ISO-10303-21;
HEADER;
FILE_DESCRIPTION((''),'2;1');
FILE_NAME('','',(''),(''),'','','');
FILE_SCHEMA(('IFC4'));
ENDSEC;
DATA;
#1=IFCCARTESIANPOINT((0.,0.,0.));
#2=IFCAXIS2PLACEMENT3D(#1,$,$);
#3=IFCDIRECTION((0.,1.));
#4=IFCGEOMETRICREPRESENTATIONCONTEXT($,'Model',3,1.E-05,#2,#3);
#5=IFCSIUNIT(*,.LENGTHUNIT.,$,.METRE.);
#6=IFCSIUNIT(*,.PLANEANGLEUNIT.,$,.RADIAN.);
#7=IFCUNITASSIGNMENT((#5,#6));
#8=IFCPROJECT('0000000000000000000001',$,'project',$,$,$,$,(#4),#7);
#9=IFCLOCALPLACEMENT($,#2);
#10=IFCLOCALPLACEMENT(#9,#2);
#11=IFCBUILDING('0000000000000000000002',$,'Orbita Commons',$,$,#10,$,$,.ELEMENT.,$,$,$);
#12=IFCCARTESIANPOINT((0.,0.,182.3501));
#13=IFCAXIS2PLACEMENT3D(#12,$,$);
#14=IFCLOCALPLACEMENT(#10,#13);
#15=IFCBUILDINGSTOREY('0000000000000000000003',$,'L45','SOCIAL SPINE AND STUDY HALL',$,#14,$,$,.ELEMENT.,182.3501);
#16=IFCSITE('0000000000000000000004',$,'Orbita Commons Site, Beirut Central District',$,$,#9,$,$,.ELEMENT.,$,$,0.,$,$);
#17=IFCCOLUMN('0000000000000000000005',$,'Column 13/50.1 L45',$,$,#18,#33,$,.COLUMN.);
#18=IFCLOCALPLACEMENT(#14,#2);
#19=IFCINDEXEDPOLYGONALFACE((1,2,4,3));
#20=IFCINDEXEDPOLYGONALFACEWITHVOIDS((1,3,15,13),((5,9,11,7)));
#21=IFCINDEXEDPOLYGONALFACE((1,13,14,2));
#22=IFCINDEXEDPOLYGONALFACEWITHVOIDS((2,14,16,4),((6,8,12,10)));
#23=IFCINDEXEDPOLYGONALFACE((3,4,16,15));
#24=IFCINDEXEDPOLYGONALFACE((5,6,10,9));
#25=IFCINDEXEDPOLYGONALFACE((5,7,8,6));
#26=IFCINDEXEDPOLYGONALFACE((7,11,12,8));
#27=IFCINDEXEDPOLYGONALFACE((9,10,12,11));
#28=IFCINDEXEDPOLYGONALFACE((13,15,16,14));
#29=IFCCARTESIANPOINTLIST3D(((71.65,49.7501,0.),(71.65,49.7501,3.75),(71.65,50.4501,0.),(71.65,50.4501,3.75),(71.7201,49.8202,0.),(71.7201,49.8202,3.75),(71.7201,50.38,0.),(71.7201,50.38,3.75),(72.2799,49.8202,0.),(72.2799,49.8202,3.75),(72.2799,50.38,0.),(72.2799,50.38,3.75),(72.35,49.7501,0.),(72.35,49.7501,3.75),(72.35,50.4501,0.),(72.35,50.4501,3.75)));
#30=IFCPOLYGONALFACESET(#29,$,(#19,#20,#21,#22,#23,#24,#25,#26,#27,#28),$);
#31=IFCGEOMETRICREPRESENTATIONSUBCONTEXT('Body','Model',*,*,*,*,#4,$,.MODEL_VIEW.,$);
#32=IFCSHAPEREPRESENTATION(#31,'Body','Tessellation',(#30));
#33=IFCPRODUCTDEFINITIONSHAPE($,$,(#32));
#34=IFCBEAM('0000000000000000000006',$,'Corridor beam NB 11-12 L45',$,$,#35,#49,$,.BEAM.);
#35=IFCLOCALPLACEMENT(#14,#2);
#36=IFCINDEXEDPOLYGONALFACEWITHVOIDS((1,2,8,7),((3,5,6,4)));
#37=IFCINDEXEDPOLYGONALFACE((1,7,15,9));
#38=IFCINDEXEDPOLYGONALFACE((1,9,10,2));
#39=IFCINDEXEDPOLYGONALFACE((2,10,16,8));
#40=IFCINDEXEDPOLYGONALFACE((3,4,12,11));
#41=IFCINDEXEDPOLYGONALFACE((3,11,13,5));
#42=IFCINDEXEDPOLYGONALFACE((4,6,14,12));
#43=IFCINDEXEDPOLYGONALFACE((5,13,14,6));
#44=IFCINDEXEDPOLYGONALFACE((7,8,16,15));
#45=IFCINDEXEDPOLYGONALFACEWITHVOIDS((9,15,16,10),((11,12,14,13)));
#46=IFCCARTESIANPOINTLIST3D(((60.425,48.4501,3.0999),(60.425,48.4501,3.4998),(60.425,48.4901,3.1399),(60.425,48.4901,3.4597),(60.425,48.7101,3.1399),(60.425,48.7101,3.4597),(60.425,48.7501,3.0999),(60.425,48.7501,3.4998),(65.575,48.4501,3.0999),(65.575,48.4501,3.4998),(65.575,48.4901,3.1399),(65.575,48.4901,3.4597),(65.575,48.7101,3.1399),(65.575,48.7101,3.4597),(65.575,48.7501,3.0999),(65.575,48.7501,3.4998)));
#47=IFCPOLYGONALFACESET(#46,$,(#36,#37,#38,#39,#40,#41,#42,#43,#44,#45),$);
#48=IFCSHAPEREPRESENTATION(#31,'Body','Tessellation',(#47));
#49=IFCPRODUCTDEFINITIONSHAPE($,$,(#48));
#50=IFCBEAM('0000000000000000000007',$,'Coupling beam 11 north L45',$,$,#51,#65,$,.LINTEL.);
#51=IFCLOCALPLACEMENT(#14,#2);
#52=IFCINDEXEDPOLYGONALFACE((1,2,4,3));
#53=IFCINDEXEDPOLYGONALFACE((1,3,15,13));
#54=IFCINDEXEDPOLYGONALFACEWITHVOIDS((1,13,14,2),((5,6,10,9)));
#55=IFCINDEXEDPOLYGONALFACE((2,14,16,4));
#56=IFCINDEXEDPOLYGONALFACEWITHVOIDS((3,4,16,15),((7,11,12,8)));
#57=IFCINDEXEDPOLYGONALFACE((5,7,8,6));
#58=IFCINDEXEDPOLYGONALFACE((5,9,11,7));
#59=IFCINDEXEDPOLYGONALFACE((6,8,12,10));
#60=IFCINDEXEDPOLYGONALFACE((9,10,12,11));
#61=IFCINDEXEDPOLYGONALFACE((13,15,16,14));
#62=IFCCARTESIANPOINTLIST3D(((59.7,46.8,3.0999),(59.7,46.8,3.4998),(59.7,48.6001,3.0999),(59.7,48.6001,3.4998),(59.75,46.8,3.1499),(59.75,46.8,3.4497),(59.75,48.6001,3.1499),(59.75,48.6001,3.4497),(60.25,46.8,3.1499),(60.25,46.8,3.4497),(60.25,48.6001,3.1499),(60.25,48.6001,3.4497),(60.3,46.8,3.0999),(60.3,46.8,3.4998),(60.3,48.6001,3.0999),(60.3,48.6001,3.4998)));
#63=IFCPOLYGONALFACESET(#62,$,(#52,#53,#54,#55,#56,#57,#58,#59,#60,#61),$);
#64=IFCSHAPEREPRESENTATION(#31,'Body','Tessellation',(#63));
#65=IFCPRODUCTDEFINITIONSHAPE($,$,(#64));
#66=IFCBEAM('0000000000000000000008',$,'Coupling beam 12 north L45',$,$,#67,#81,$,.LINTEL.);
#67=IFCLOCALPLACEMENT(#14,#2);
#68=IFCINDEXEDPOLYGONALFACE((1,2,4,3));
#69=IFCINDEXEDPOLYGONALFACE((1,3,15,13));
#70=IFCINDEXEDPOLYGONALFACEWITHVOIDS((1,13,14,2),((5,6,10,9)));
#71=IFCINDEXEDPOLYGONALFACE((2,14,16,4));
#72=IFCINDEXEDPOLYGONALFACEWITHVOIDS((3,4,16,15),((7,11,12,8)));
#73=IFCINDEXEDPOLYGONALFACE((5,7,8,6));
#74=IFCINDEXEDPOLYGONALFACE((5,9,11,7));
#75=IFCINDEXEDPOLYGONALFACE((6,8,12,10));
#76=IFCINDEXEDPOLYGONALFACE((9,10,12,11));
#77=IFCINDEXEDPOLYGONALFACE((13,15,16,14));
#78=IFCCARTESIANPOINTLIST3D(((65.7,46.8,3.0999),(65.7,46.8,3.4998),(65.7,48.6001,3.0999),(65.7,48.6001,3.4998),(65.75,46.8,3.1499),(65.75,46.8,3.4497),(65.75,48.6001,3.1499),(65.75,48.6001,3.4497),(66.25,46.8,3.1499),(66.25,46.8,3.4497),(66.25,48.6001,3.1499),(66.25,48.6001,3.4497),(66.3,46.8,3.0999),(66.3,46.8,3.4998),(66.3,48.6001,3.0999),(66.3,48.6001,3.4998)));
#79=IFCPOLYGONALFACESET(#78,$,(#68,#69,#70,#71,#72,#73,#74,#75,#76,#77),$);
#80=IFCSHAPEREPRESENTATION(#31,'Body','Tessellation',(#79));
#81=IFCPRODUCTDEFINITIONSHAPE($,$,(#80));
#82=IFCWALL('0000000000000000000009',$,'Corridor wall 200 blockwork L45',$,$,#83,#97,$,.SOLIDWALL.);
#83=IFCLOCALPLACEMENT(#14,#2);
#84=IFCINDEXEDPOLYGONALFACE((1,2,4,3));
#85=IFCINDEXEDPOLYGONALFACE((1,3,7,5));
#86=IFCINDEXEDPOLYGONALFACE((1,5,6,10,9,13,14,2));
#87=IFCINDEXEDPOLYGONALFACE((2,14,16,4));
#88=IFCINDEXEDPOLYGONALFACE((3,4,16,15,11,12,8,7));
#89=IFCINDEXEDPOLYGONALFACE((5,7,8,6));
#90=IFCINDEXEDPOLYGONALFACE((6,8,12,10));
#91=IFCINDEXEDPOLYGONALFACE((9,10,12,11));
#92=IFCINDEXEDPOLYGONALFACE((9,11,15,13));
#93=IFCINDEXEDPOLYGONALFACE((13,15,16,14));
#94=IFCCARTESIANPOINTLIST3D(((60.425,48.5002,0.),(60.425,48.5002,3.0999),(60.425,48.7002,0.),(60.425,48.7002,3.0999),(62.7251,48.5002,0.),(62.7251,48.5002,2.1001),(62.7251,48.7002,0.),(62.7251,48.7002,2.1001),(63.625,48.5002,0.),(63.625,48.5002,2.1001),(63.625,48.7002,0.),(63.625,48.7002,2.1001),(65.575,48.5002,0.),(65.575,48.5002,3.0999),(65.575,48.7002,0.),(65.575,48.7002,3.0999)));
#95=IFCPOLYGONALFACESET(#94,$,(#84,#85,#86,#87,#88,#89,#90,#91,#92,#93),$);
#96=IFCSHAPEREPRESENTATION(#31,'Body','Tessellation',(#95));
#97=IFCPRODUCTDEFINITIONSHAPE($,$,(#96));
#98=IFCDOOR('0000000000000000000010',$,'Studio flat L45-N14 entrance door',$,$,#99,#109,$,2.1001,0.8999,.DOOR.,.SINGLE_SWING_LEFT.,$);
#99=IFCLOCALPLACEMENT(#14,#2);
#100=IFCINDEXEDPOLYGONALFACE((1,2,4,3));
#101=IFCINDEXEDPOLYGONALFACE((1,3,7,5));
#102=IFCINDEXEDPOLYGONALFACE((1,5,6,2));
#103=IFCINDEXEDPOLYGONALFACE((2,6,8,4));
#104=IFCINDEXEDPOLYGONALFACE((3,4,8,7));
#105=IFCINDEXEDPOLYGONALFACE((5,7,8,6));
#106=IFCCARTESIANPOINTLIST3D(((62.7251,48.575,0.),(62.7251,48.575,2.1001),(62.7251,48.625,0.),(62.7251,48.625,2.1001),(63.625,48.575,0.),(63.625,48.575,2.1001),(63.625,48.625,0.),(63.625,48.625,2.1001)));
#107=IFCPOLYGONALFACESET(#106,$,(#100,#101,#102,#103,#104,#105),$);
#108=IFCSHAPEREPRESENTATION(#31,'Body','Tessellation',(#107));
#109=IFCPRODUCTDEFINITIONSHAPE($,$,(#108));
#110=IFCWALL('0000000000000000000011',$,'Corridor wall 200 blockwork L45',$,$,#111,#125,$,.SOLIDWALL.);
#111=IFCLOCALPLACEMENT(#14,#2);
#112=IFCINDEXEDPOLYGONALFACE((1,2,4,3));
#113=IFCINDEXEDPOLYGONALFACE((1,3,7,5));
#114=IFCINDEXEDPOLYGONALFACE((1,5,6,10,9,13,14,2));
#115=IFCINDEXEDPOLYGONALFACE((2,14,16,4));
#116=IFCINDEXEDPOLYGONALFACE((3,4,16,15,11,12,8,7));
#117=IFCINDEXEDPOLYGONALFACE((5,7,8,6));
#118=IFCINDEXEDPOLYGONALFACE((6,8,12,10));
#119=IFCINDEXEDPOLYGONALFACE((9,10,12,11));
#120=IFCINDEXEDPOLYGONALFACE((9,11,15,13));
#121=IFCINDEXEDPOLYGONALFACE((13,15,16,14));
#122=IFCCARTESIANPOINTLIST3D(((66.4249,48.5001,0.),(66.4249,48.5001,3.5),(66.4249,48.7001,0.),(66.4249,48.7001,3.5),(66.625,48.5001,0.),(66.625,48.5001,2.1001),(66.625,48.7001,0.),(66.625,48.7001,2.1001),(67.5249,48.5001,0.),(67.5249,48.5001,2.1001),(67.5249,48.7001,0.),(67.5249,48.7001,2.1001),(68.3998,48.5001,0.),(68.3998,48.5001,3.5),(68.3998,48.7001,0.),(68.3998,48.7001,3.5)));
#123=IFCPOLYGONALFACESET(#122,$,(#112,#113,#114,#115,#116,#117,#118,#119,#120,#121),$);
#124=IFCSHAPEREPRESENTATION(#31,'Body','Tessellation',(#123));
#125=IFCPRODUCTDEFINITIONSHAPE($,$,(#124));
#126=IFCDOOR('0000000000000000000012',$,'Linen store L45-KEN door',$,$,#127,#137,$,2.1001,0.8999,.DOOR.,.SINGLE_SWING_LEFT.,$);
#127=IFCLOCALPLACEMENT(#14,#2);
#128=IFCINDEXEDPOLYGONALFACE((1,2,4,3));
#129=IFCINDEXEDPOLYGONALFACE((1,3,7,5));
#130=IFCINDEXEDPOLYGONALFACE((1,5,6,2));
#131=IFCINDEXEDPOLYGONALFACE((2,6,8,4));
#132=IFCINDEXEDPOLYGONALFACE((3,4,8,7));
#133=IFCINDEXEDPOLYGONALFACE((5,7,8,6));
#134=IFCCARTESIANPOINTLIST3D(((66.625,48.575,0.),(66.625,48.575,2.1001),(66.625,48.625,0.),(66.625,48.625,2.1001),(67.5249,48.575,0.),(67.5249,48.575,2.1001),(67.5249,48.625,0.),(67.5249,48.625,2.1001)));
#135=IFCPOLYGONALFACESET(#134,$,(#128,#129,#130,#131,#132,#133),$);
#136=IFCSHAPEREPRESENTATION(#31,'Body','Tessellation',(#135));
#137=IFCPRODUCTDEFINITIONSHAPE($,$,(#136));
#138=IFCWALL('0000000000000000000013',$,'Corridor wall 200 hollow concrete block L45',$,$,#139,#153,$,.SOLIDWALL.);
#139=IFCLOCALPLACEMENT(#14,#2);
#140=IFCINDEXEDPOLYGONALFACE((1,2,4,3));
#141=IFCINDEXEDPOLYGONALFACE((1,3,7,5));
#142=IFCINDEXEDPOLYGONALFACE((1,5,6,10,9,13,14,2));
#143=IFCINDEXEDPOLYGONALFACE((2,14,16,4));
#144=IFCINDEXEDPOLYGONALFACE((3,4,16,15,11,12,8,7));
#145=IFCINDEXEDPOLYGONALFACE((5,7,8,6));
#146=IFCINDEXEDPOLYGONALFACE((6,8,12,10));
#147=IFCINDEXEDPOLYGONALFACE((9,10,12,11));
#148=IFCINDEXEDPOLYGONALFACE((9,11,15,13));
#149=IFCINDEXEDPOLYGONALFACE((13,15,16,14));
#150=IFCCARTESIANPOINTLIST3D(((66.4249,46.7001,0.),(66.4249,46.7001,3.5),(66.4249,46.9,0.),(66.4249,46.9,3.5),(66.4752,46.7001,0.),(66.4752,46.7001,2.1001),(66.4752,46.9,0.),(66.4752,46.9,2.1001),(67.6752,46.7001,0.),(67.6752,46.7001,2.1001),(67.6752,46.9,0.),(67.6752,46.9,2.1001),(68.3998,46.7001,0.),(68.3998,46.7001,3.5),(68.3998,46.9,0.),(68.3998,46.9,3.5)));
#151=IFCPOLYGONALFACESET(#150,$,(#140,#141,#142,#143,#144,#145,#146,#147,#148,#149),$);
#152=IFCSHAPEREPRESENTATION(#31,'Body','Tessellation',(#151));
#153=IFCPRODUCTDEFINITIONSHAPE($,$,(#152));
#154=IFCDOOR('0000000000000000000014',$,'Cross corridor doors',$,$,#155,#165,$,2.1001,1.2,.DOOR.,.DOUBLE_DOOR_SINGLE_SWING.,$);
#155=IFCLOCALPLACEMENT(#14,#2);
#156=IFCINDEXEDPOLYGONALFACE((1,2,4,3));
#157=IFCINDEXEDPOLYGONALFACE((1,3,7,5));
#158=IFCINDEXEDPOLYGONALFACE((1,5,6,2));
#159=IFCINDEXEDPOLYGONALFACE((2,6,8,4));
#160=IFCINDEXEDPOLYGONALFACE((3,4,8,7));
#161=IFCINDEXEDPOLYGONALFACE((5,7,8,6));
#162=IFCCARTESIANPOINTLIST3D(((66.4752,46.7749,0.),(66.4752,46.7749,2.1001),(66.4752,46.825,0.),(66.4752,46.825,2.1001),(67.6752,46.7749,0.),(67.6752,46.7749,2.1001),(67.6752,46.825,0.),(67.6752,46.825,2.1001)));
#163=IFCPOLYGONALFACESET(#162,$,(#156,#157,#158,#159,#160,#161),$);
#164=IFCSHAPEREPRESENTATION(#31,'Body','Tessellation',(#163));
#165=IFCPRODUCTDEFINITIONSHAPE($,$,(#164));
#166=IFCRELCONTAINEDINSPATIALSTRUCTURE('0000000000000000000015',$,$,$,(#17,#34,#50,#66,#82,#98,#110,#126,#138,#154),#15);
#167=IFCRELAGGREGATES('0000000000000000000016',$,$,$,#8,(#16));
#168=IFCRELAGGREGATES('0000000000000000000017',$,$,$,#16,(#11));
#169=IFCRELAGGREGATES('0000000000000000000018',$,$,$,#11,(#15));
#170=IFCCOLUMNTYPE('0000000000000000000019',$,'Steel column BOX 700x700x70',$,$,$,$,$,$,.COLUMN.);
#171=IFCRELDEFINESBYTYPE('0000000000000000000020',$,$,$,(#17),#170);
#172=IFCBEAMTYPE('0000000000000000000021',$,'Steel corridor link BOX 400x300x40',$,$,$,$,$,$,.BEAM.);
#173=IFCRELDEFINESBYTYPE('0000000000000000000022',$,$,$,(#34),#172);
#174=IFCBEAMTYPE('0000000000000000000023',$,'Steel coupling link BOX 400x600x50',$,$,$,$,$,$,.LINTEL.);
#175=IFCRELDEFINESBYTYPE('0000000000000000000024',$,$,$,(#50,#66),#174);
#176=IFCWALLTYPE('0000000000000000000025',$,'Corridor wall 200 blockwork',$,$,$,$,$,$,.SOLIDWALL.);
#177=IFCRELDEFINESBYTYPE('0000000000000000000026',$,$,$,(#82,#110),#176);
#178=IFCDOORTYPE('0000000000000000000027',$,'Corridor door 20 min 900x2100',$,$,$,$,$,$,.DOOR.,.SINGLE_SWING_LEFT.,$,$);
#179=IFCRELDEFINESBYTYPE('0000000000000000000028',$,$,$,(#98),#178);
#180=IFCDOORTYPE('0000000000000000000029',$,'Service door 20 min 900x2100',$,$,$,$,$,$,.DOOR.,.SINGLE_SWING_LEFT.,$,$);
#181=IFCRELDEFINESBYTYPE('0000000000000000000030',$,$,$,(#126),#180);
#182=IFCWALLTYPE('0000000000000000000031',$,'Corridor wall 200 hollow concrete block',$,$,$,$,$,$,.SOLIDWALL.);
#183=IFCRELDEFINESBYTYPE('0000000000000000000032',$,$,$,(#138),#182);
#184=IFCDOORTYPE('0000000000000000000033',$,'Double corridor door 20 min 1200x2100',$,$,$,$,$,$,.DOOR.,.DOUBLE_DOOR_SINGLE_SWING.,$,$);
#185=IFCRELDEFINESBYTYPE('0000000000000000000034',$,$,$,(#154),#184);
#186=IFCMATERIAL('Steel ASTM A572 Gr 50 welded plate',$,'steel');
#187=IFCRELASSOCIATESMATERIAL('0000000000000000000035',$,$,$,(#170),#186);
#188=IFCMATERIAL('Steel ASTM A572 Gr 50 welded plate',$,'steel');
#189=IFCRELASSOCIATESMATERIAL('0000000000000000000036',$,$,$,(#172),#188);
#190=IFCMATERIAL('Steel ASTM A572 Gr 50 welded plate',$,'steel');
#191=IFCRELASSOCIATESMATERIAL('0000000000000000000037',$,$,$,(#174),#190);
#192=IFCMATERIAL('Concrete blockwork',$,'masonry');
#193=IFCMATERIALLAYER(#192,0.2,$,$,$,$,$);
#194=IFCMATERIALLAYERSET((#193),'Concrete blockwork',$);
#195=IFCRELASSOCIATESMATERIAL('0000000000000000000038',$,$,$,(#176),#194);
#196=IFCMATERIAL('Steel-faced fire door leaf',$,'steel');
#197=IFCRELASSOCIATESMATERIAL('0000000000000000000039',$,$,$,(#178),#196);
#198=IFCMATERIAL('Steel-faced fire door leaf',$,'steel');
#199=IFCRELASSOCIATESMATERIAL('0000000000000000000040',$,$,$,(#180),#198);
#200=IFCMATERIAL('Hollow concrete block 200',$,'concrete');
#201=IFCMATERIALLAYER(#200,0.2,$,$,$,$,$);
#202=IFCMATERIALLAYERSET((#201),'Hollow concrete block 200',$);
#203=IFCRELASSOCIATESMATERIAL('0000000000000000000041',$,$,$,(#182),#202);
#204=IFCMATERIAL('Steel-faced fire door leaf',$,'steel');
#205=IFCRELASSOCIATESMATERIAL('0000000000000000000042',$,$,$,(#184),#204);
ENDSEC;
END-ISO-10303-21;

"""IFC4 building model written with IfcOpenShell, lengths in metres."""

from ifc_helpers import new_model, si_unit, direction, frame, frame_2d, origin, origin_2d, place, context, subcontext, project, spatial, polyline, rectangle, hollow_rectangle, outline, extrude, material, layer, layer_set, material_profile, profile_set, type_object, element, fill, save


model = new_model("IFC4")

# Units and contexts
model_context = context("Model", 3, precision=1e-05, world=origin(), true_north=direction((0.0, 1.0)))
body_context = subcontext(model_context, "Body", "Model", "MODEL_VIEW")
ifc_project = project(units=[si_unit("LENGTHUNIT", "METRE"), si_unit("PLANEANGLEUNIT", "RADIAN")], contexts=[model_context])

# Site, building, storey
site_placement = place(None, origin())
site = spatial("IfcSite", under=ifc_project, at=site_placement, Name="Orbita Commons Site, Beirut Central District", CompositionType="ELEMENT", RefElevation=0.0)
building_placement = place(site_placement, origin())
building = spatial("IfcBuilding", under=site, at=building_placement, Name="Orbita Commons", CompositionType="ELEMENT")
storey_placement = place(building_placement, frame((0.0, 0.0, 182.3501)))
storey = spatial("IfcBuildingStorey", under=building, at=storey_placement, Name="L45", Description="SOCIAL SPINE AND STUDY HALL", CompositionType="ELEMENT", Elevation=182.3501)

# Column
ifc_material_1 = material(Name="Steel ASTM A572 Gr 50 welded plate", Category="steel")
ifc_material_profile_1 = material_profile(ifc_material_1, hollow_rectangle(XDim=0.7, YDim=0.7, WallThickness=0.0701, at=origin_2d()), Name="BOX 700x700x70")
ifc_profile_set_1 = profile_set([ifc_material_profile_1], Name="Steel ASTM A572 Gr 50 welded plate")
column_type = type_object("IfcColumnType", Name="Steel column BOX 700x700x70", PredefinedType="COLUMN", material=ifc_profile_set_1)
column_placement = place(storey_placement, frame((72.0, 50.1001, 0.0), z_axis=(0.0, 0.0, 1.0), x_axis=(1.0, 0.0, 0.0)))
element("IfcColumn", 1, at=column_placement, inside=storey, type_object=column_type, Name="Column 13/50.1 L45", PredefinedType="COLUMN", context=body_context, shape_type="SweptSolid", body=[
    extrude(hollow_rectangle(XDim=0.7, YDim=0.7, WallThickness=0.0701, at=origin_2d()), origin(), (0.0, 0.0, 1.0), 3.75),
])

# Beams
ifc_material_2 = material(Name="Steel ASTM A572 Gr 50 welded plate", Category="steel")
ifc_material_profile_2 = material_profile(ifc_material_2, hollow_rectangle(XDim=0.3, YDim=0.3999, WallThickness=0.04, at=origin_2d()), Name="BOX 400x300x40")
ifc_profile_set_2 = profile_set([ifc_material_profile_2], Name="Steel ASTM A572 Gr 50 welded plate")
beam_type_1 = type_object("IfcBeamType", Name="Steel corridor link BOX 400x300x40", PredefinedType="BEAM", material=ifc_profile_set_2)
beam_placement = place(storey_placement, frame((60.425, 48.6001, 3.2998), z_axis=(1.0, 0.0, 0.0), x_axis=(0.0, 1.0, 0.0)))
element("IfcBeam", 2, at=beam_placement, inside=storey, type_object=beam_type_1, Name="Corridor beam NB 11-12 L45", PredefinedType="BEAM", context=body_context, shape_type="SweptSolid", body=[
    extrude(hollow_rectangle(XDim=0.3, YDim=0.3999, WallThickness=0.04, at=origin_2d()), origin(), (0.0, 0.0, 1.0), 5.1499),
])
ifc_material_3 = material(Name="Steel ASTM A572 Gr 50 welded plate", Category="steel")
ifc_material_profile_3 = material_profile(ifc_material_3, hollow_rectangle(XDim=0.6001, YDim=0.3999, WallThickness=0.05, at=origin_2d()), Name="BOX 400x600x50")
ifc_profile_set_3 = profile_set([ifc_material_profile_3], Name="Steel ASTM A572 Gr 50 welded plate")
beam_type_2 = type_object("IfcBeamType", Name="Steel coupling link BOX 400x600x50", PredefinedType="LINTEL", material=ifc_profile_set_3)
for number, where, z_axis, x_axis, name in (
    (3, (60.0, 46.8, 3.2998), (0.0, 1.0, 0.0), (-1.0, 0.0, 0.0), "Coupling beam 11 north L45"),
    (4, (66.0, 46.8, 3.2998), (0.0, 1.0, 0.0), (-1.0, 0.0, 0.0), "Coupling beam 12 north L45"),
):
    element("IfcBeam", number, at=place(storey_placement, frame(where, z_axis=z_axis, x_axis=x_axis)), inside=storey, type_object=beam_type_2, Name=name, PredefinedType="LINTEL", context=body_context, shape_type="SweptSolid", body=[
        extrude(hollow_rectangle(XDim=0.6001, YDim=0.3999, WallThickness=0.05, at=origin_2d()), origin(), (0.0, 0.0, 1.0), 1.8),
    ])

# Walls, openings, doors
ifc_material_4 = material(Name="Concrete blockwork", Category="masonry")
ifc_layer_1 = layer(ifc_material_4, 0.2)
ifc_layer_set_1 = layer_set([ifc_layer_1], Name="Concrete blockwork")
wall_type_1 = type_object("IfcWallType", Name="Corridor wall 200 blockwork", PredefinedType="SOLIDWALL", material=ifc_layer_set_1)
wall_1_placement = place(storey_placement, frame((60.425, 48.6001, 0.0), z_axis=(0.0, 0.0, 1.0), x_axis=(1.0, 0.0, 0.0)))
wall_1 = element("IfcWall", 5, at=wall_1_placement, inside=storey, type_object=wall_type_1, Name="Corridor wall 200 blockwork L45", PredefinedType="SOLIDWALL", context=body_context, shape_type="SweptSolid", body=[
    extrude(outline(polyline([(0.0, 0.0), (5.1499, 0.0), (5.1499, 3.0999), (0.0, 3.0999), (0.0, 0.0)])), frame((0.0, 0.1001, 0.0), z_axis=(0.0, -1.0, 0.0), x_axis=(1.0, 0.0, 0.0)), (0.0, 0.0, 1.0), 0.2),
])
opening_1_placement = place(wall_1_placement, frame((2.3, 0.0, 0.0)))
opening_1 = element("IfcOpeningElement", 6, at=opening_1_placement, cuts=wall_1, PredefinedType="OPENING", context=body_context, shape_type="SweptSolid", body=[
    extrude(rectangle(XDim=0.8999, YDim=2.1001, at=frame_2d((0.45, 1.05))), frame((0.0, 0.1099, 0.0), z_axis=(0.0, -1.0, 0.0), x_axis=(1.0, 0.0, 0.0)), (0.0, 0.0, 1.0), 0.22),
])
ifc_material_5 = material(Name="Steel-faced fire door leaf", Category="steel")
door_type_1 = type_object("IfcDoorType", Name="Corridor door 20 min 900x2100", OperationType="SINGLE_SWING_LEFT", PredefinedType="DOOR", material=ifc_material_5)
door_1_placement = place(opening_1_placement, origin())
door_1 = element("IfcDoor", 7, at=door_1_placement, inside=storey, type_object=door_type_1, Name="Studio flat L45-N14 entrance door", OperationType="SINGLE_SWING_LEFT", OverallHeight=2.1001, OverallWidth=0.8999, PredefinedType="DOOR", context=body_context, shape_type="SweptSolid", body=[
    extrude(rectangle(XDim=0.8999, YDim=2.1001, at=frame_2d((0.45, 1.05))), frame((0.0, 0.0249, 0.0), z_axis=(0.0, -1.0, 0.0), x_axis=(1.0, 0.0, 0.0)), (0.0, 0.0, 1.0), 0.05),
])
fill(opening_1, door_1)
wall_2_placement = place(storey_placement, frame((66.425, 48.6001, 0.0), z_axis=(0.0, 0.0, 1.0), x_axis=(1.0, 0.0, 0.0)))
wall_2 = element("IfcWall", 8, at=wall_2_placement, inside=storey, type_object=wall_type_1, Name="Corridor wall 200 blockwork L45", PredefinedType="SOLIDWALL", context=body_context, shape_type="SweptSolid", body=[
    extrude(rectangle(XDim=1.9749, YDim=0.2, at=frame_2d((0.9873, 0.0))), origin(), (0.0, 0.0, 1.0), 3.5),
])
opening_2_placement = place(wall_2_placement, frame((0.2, 0.0, 0.0)))
opening_2 = element("IfcOpeningElement", 9, at=opening_2_placement, cuts=wall_2, PredefinedType="OPENING", context=body_context, shape_type="SweptSolid", body=[
    extrude(rectangle(XDim=0.8999, YDim=2.1001, at=frame_2d((0.45, 1.05))), frame((0.0, 0.1099, 0.0), z_axis=(0.0, -1.0, 0.0), x_axis=(1.0, 0.0, 0.0)), (0.0, 0.0, 1.0), 0.22),
])
ifc_material_6 = material(Name="Steel-faced fire door leaf", Category="steel")
door_type_2 = type_object("IfcDoorType", Name="Service door 20 min 900x2100", OperationType="SINGLE_SWING_LEFT", PredefinedType="DOOR", material=ifc_material_6)
door_2_placement = place(opening_2_placement, origin())
door_2 = element("IfcDoor", 10, at=door_2_placement, inside=storey, type_object=door_type_2, Name="Linen store L45-KEN door", OperationType="SINGLE_SWING_LEFT", OverallHeight=2.1001, OverallWidth=0.8999, PredefinedType="DOOR", context=body_context, shape_type="SweptSolid", body=[
    extrude(rectangle(XDim=0.8999, YDim=2.1001, at=frame_2d((0.45, 1.05))), frame((0.0, 0.0249, 0.0), z_axis=(0.0, -1.0, 0.0), x_axis=(1.0, 0.0, 0.0)), (0.0, 0.0, 1.0), 0.05),
])
fill(opening_2, door_2)
ifc_material_7 = material(Name="Hollow concrete block 200", Category="concrete")
ifc_layer_2 = layer(ifc_material_7, 0.2)
ifc_layer_set_2 = layer_set([ifc_layer_2], Name="Hollow concrete block 200")
wall_type_2 = type_object("IfcWallType", Name="Corridor wall 200 hollow concrete block", PredefinedType="SOLIDWALL", material=ifc_layer_set_2)
wall_3_placement = place(storey_placement, frame((66.425, 46.8, 0.0), z_axis=(0.0, 0.0, 1.0), x_axis=(1.0, 0.0, 0.0)))
wall_3 = element("IfcWall", 11, at=wall_3_placement, inside=storey, type_object=wall_type_2, Name="Corridor wall 200 hollow concrete block L45", PredefinedType="SOLIDWALL", context=body_context, shape_type="SweptSolid", body=[
    extrude(rectangle(XDim=1.9749, YDim=0.2, at=frame_2d((0.9873, 0.0))), origin(), (0.0, 0.0, 1.0), 3.5),
])
opening_3_placement = place(wall_3_placement, frame((0.05, 0.0, 0.0)))
opening_3 = element("IfcOpeningElement", 12, at=opening_3_placement, cuts=wall_3, PredefinedType="OPENING", context=body_context, shape_type="SweptSolid", body=[
    extrude(rectangle(XDim=1.2, YDim=2.1001, at=frame_2d((0.6001, 1.05))), frame((0.0, 0.1099, 0.0), z_axis=(0.0, -1.0, 0.0), x_axis=(1.0, 0.0, 0.0)), (0.0, 0.0, 1.0), 0.22),
])
ifc_material_8 = material(Name="Steel-faced fire door leaf", Category="steel")
door_type_3 = type_object("IfcDoorType", Name="Double corridor door 20 min 1200x2100", OperationType="DOUBLE_DOOR_SINGLE_SWING", PredefinedType="DOOR", material=ifc_material_8)
door_3_placement = place(opening_3_placement, origin())
door_3 = element("IfcDoor", 13, at=door_3_placement, inside=storey, type_object=door_type_3, Name="Cross corridor doors", OperationType="DOUBLE_DOOR_SINGLE_SWING", OverallHeight=2.1001, OverallWidth=1.2, PredefinedType="DOOR", context=body_context, shape_type="SweptSolid", body=[
    extrude(rectangle(XDim=1.2, YDim=2.1001, at=frame_2d((0.6001, 1.05))), frame((0.0, 0.0249, 0.0), z_axis=(0.0, -1.0, 0.0), x_axis=(1.0, 0.0, 0.0)), (0.0, 0.0, 1.0), 0.05),
])
fill(opening_3, door_3)

save(model, "model.ifc")
